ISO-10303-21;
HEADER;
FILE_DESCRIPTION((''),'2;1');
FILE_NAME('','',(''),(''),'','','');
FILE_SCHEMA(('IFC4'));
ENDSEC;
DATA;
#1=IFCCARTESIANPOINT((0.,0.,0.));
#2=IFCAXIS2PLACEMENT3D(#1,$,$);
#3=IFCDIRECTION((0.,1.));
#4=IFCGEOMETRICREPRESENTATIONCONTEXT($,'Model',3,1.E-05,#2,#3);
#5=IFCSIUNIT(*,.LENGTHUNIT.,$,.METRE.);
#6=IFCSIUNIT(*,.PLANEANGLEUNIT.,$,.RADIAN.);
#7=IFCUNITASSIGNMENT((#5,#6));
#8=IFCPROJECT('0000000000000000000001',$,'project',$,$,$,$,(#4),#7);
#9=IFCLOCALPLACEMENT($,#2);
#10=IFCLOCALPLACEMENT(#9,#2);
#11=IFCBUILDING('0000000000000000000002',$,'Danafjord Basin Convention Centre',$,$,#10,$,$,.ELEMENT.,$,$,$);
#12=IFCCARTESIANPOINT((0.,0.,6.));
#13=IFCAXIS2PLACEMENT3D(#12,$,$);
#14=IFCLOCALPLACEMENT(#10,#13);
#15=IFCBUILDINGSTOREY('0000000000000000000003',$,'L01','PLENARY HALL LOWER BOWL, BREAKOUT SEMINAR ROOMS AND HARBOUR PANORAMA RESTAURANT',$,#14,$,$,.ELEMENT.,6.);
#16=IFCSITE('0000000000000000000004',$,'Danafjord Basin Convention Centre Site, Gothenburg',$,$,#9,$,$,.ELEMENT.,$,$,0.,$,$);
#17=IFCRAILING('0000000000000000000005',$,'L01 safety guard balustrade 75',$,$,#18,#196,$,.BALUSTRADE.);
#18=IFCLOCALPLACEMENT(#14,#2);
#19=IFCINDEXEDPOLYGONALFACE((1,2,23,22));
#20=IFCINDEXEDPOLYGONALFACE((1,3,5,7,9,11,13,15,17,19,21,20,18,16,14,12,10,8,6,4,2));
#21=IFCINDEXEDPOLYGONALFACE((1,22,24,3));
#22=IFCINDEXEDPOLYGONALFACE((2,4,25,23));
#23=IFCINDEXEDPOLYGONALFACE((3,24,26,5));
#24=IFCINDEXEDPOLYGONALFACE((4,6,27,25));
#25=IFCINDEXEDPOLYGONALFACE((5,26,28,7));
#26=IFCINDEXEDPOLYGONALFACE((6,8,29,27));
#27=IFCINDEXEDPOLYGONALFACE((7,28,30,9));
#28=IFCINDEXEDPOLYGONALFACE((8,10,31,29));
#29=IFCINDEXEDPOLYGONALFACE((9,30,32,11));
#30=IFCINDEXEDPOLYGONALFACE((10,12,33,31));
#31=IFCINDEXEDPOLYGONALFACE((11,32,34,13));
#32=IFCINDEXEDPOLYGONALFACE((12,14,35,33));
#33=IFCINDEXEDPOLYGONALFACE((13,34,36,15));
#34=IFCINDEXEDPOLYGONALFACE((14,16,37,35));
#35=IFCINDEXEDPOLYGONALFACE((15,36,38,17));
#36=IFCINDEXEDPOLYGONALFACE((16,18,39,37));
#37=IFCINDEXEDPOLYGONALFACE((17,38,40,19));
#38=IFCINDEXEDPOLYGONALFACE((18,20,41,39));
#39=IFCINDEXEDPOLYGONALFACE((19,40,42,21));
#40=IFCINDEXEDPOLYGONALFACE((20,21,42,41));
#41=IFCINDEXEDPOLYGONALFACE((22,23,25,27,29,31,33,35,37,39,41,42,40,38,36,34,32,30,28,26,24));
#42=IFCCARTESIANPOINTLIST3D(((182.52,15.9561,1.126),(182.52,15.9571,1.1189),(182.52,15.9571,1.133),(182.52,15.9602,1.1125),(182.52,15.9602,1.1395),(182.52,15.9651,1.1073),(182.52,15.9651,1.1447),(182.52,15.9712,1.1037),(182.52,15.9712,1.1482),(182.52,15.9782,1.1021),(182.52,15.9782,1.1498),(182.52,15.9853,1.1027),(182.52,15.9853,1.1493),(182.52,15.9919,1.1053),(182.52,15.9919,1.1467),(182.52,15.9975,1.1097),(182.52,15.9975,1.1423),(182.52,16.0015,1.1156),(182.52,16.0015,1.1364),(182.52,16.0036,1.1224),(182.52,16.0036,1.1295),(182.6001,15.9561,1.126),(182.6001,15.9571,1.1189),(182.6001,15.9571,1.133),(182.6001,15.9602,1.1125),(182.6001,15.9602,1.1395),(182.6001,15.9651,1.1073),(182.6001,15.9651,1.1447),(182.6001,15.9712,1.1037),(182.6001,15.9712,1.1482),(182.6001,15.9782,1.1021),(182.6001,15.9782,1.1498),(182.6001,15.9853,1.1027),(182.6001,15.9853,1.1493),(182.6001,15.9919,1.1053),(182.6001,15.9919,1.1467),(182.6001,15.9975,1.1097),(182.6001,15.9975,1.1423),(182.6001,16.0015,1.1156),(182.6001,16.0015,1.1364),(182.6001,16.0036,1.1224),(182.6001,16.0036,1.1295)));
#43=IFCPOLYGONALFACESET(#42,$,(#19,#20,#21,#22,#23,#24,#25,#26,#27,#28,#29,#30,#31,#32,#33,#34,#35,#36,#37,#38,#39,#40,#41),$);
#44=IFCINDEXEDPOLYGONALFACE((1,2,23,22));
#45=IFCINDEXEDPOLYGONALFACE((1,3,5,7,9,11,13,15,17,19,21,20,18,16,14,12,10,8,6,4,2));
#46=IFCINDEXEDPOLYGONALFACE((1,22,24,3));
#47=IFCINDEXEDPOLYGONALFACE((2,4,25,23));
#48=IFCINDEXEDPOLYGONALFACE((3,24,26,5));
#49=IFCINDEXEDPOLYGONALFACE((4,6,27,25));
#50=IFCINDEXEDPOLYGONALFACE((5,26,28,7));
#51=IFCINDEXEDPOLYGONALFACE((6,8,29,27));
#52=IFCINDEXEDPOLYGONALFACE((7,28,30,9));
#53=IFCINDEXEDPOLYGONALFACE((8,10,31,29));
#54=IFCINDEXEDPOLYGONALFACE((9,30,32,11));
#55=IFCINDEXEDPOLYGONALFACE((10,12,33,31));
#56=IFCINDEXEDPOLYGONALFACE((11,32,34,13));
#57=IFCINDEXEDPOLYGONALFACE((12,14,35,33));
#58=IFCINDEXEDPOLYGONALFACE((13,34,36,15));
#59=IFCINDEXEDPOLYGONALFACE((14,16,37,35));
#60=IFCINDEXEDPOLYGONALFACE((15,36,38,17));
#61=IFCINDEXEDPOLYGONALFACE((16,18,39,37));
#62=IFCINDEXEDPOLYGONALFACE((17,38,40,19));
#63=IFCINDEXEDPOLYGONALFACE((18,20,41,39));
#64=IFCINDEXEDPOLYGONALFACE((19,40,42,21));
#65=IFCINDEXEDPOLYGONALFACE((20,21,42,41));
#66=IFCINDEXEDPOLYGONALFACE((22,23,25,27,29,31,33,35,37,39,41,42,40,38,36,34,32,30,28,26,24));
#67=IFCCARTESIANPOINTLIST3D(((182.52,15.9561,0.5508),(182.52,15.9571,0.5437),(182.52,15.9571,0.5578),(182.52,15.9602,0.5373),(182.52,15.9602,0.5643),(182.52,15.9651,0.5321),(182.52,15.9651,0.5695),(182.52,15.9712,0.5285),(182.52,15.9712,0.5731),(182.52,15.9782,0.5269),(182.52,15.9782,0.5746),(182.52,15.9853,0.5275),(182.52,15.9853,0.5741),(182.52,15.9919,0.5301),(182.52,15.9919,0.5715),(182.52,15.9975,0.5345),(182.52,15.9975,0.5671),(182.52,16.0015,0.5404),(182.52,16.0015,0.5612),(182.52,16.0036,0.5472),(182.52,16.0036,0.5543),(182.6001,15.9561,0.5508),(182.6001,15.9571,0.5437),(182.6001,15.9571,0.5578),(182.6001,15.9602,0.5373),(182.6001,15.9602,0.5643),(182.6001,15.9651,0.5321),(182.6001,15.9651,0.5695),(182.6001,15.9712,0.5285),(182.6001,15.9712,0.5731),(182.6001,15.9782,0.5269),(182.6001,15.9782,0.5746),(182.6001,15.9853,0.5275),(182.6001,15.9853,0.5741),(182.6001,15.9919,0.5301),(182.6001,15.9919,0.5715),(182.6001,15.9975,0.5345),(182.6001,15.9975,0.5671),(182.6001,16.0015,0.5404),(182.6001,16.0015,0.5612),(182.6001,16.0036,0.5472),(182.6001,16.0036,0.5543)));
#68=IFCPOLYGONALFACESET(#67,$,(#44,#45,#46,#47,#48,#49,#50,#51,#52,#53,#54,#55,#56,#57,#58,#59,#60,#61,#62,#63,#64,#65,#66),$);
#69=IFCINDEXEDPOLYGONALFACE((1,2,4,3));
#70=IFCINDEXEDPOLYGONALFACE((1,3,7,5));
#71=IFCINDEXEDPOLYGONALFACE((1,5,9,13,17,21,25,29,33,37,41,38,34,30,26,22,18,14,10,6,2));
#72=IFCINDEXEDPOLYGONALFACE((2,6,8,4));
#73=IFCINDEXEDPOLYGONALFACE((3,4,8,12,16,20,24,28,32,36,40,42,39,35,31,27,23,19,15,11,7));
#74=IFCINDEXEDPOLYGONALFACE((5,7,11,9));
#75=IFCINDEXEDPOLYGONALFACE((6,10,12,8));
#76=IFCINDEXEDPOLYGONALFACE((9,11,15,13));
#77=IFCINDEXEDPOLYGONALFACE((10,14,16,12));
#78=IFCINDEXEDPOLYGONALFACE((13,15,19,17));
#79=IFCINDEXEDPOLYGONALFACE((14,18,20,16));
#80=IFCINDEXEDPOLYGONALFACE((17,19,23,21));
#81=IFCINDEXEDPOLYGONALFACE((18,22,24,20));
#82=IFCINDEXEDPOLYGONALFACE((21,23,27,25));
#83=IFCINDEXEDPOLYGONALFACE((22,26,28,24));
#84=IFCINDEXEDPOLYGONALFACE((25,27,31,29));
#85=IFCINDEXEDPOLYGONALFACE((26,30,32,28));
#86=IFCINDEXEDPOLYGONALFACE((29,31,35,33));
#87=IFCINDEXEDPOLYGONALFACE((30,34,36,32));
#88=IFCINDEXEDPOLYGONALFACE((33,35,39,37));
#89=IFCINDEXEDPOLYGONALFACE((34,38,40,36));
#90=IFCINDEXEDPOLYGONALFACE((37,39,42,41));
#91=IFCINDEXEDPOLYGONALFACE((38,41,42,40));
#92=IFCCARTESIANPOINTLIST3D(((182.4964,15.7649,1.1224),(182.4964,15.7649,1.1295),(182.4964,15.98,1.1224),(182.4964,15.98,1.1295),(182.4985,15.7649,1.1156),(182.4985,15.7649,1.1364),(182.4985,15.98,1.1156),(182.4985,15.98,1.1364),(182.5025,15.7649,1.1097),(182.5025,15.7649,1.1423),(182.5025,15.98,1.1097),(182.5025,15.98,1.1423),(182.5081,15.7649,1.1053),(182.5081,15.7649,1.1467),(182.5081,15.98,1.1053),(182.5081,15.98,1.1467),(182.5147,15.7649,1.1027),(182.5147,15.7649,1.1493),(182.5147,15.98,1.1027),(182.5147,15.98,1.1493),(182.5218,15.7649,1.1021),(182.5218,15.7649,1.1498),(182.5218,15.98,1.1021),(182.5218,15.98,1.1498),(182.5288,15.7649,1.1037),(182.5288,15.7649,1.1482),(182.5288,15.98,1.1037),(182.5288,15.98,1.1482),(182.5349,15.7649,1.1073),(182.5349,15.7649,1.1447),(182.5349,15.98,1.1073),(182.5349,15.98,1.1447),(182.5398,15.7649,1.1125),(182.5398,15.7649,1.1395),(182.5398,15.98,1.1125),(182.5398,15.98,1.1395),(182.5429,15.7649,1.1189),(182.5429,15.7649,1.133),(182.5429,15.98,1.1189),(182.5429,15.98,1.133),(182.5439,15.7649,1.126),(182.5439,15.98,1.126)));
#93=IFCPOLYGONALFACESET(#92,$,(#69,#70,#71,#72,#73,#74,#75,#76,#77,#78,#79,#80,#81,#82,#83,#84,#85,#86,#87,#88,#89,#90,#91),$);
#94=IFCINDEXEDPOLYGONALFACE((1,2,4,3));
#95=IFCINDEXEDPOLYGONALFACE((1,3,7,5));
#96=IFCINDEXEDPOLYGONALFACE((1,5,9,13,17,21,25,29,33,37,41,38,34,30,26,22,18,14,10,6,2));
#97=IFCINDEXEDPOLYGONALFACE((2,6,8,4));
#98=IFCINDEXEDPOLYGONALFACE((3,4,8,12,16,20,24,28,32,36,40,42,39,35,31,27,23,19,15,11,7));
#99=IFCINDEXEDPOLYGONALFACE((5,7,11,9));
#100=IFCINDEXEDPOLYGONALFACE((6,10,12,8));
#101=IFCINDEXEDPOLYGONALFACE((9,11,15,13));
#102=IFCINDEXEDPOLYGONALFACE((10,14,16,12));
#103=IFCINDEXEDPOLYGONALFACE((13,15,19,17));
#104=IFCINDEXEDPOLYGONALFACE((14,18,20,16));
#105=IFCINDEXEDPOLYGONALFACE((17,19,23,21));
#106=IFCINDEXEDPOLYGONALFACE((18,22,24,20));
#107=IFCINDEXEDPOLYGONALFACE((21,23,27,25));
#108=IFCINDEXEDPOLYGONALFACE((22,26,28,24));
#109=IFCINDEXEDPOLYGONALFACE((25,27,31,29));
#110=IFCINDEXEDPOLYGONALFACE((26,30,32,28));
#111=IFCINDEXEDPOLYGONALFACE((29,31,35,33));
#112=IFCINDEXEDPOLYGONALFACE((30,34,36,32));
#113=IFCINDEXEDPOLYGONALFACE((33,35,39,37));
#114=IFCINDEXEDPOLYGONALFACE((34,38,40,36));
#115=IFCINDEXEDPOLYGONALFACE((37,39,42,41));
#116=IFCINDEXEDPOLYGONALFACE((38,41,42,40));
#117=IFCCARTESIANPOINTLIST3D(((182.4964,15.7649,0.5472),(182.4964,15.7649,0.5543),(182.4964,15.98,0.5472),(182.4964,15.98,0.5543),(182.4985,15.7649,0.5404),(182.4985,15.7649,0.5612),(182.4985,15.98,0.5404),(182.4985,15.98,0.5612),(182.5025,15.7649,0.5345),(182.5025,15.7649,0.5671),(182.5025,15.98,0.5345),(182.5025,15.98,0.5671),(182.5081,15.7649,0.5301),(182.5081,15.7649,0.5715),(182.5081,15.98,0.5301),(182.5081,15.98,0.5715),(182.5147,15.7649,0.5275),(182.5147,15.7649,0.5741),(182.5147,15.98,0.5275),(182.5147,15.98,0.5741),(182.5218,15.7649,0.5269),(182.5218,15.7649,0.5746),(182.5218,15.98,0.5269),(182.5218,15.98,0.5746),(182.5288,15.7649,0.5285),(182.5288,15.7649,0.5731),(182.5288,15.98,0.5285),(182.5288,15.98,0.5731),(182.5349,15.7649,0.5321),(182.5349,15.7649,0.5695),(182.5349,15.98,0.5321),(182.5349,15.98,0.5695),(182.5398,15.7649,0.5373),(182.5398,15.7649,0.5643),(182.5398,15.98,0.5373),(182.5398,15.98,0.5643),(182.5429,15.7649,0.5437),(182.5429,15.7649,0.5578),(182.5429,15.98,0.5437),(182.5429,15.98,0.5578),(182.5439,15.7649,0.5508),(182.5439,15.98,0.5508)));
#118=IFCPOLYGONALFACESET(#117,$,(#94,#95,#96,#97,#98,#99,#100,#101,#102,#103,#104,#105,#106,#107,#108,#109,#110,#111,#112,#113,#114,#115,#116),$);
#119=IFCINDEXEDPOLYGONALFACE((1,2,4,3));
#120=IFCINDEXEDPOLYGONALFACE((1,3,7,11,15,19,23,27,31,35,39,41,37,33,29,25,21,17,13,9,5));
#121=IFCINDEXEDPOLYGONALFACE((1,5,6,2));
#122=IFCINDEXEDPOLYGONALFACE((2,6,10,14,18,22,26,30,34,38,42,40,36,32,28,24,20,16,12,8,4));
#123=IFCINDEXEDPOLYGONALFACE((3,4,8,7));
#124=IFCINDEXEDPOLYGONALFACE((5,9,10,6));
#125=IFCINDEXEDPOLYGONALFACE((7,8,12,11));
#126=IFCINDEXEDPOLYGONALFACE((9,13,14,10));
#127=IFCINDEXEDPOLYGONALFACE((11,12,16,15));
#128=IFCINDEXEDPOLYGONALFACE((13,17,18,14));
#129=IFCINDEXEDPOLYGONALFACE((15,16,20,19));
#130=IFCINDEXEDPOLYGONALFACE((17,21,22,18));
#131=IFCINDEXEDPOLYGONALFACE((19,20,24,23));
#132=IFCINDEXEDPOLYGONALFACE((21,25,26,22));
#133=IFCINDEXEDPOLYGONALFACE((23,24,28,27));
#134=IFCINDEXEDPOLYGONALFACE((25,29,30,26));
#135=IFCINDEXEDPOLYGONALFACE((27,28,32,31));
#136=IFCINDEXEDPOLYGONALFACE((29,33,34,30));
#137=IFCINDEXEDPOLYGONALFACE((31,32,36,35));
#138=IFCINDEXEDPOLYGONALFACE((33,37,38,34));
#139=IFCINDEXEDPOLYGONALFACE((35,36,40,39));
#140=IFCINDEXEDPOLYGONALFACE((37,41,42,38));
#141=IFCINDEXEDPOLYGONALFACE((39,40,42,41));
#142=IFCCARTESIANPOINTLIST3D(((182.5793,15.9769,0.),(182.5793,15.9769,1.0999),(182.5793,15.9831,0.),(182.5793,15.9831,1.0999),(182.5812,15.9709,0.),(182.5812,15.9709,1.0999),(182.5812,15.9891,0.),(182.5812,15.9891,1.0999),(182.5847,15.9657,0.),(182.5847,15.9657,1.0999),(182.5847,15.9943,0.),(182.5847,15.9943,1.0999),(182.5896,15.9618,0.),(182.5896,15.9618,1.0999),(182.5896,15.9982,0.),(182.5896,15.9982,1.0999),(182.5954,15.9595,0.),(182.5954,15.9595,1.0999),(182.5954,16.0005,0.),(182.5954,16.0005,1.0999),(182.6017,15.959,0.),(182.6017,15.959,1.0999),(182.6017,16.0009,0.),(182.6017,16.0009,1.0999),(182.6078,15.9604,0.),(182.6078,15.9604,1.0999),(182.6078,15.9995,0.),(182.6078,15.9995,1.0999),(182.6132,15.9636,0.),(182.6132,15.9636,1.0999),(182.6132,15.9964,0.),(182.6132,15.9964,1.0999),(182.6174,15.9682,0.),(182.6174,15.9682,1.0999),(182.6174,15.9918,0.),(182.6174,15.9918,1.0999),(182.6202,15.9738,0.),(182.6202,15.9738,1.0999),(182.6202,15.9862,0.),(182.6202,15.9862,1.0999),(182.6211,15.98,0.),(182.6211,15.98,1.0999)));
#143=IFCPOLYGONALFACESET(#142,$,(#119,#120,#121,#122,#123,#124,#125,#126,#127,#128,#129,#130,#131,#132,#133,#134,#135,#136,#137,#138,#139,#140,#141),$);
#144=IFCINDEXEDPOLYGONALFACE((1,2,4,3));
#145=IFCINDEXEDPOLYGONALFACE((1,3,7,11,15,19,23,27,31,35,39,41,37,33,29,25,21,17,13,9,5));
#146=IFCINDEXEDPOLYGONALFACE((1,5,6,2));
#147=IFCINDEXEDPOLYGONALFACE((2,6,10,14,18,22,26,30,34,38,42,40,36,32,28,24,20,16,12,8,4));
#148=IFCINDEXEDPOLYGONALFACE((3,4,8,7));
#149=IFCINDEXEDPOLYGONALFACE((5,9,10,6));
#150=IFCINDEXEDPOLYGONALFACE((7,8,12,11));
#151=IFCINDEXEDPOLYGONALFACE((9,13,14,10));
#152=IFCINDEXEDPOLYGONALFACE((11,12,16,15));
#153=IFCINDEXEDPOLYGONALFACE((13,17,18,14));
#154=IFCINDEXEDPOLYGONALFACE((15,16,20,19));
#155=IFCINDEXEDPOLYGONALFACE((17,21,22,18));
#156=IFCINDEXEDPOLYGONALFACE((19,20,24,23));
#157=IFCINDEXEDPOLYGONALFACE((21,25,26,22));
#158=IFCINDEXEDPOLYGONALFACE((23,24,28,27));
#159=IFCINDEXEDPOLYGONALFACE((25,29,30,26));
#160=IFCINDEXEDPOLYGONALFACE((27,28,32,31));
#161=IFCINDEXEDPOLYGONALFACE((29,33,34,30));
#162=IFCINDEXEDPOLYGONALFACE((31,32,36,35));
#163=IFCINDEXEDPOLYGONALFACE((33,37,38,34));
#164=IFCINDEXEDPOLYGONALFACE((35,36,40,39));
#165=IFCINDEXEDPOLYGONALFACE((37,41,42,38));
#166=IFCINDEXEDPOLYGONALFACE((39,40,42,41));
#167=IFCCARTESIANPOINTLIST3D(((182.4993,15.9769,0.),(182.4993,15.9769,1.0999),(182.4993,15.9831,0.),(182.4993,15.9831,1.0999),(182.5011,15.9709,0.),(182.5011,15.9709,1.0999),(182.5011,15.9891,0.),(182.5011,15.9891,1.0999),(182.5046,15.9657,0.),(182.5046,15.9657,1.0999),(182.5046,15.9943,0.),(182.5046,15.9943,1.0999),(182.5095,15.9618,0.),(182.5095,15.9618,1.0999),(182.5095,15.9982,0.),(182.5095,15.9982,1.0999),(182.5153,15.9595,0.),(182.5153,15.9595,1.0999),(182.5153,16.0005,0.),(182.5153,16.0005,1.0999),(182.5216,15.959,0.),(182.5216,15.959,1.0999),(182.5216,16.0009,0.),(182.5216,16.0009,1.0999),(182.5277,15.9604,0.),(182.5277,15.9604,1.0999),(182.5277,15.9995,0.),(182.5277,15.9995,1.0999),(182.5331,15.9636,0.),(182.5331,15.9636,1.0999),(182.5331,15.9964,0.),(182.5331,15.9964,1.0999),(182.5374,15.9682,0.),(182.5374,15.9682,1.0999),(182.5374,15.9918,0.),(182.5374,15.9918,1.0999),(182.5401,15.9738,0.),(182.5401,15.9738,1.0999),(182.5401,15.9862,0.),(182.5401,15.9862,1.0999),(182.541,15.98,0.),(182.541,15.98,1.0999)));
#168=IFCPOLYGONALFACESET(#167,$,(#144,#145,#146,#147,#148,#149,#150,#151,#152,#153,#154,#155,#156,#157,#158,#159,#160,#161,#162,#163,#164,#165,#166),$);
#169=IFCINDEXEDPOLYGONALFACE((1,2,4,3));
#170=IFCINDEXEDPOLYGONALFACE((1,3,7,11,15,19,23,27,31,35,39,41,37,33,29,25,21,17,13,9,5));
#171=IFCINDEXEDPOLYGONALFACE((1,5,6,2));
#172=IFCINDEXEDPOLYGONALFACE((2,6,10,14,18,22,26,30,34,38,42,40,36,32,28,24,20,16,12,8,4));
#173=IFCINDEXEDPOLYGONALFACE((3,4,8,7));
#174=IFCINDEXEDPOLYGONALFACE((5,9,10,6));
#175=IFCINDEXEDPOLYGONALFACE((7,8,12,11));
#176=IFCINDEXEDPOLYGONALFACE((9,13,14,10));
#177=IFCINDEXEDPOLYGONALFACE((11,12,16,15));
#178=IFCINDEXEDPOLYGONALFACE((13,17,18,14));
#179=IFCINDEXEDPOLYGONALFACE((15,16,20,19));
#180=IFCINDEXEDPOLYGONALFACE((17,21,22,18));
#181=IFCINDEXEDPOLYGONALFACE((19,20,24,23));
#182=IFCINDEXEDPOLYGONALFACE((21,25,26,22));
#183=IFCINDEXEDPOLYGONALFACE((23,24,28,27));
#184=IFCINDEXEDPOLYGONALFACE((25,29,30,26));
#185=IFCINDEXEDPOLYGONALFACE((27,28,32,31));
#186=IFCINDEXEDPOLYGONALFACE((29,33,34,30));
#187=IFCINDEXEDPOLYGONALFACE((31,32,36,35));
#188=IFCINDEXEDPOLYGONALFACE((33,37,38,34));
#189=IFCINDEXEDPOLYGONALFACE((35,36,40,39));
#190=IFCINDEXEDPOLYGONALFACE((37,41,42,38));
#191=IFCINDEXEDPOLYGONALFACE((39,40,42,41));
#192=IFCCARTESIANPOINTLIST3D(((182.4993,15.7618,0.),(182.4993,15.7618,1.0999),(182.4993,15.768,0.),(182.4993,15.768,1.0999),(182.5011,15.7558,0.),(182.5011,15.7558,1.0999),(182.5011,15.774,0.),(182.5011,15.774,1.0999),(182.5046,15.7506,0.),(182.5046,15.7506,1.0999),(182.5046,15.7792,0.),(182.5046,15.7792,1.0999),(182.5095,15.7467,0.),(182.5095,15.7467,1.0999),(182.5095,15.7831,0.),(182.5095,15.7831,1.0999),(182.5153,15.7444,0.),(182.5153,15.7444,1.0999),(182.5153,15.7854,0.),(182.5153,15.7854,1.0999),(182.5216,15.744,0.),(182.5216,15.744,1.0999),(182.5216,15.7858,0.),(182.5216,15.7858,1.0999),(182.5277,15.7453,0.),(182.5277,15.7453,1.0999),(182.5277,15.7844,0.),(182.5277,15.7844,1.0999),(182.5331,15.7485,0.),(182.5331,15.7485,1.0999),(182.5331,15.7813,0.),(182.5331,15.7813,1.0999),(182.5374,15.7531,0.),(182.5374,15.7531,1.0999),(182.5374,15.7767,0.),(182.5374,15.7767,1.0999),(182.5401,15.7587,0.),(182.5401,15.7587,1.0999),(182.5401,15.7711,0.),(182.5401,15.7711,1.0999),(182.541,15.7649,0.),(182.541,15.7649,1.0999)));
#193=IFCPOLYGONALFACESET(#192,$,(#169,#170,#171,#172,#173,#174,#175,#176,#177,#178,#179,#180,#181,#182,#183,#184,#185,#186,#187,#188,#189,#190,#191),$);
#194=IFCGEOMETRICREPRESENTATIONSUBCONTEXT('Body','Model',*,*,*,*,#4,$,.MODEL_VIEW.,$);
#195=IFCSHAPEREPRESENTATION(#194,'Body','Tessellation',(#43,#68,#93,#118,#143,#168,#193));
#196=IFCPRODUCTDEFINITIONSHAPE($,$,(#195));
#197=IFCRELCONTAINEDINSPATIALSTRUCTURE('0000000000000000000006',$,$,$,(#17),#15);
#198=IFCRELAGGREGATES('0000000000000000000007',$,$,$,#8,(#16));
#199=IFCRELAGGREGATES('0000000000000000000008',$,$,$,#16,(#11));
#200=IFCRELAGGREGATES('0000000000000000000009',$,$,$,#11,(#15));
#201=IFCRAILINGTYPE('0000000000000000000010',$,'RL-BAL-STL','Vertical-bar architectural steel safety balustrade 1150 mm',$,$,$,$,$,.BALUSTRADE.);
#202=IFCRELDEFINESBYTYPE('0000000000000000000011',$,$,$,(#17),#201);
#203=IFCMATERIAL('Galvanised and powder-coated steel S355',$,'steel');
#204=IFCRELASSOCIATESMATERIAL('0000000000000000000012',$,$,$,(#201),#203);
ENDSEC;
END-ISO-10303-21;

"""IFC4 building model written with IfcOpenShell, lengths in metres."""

from ifc_helpers import new_model, si_unit, direction, frame, origin, origin_2d, place, context, subcontext, project, spatial, circle, extrude, material, type_object, element, save


model = new_model("IFC4")

# Units and contexts
model_context = context("Model", 3, precision=1e-05, world=origin(), true_north=direction((0.0, 1.0)))
body_context = subcontext(model_context, "Body", "Model", "MODEL_VIEW")
ifc_project = project(units=[si_unit("LENGTHUNIT", "METRE"), si_unit("PLANEANGLEUNIT", "RADIAN")], contexts=[model_context])

# Site, building, storey
site_placement = place(None, origin())
site = spatial("IfcSite", under=ifc_project, at=site_placement, Name="Danafjord Basin Convention Centre Site, Gothenburg", CompositionType="ELEMENT", RefElevation=0.0)
building_placement = place(site_placement, origin())
building = spatial("IfcBuilding", under=site, at=building_placement, Name="Danafjord Basin Convention Centre", CompositionType="ELEMENT")
storey_placement = place(building_placement, frame((0.0, 0.0, 6.0)))
storey = spatial("IfcBuildingStorey", under=building, at=storey_placement, Name="L01", Description="PLENARY HALL LOWER BOWL, BREAKOUT SEMINAR ROOMS AND HARBOUR PANORAMA RESTAURANT", CompositionType="ELEMENT", Elevation=6.0)

# Railing
ifc_material_1 = material(Name="Galvanised and powder-coated steel S355", Category="steel")
railing_type_1 = type_object("IfcRailingType", Name="RL-BAL-STL", Description="Vertical-bar architectural steel safety balustrade 1150 mm", PredefinedType="BALUSTRADE", material=ifc_material_1)
railing_1_placement = place(storey_placement, frame((182.6001, 15.98, 0.0)))
element("IfcRailing", 1, at=railing_1_placement, inside=storey, type_object=railing_type_1, Name="L01 safety guard balustrade 75", PredefinedType="BALUSTRADE", context=body_context, shape_type="SweptSolid", body=[
    extrude(circle(Radius=0.0239, at=origin_2d()), frame((0.0, 0.0, 1.126), z_axis=(-1.0, 0.0, 0.0), x_axis=(0.0, -1.0, 0.0)), (0.0, 0.0, 1.0), 0.0801),
    extrude(circle(Radius=0.0239, at=origin_2d()), frame((0.0, 0.0, 0.5508), z_axis=(-1.0, 0.0, 0.0), x_axis=(0.0, -1.0, 0.0)), (0.0, 0.0, 1.0), 0.0801),
    extrude(circle(Radius=0.0239, at=origin_2d()), frame((-0.0801, 0.0, 1.126), z_axis=(0.0, -1.0, 0.0), x_axis=(1.0, 0.0, 0.0)), (0.0, 0.0, 1.0), 0.2151),
    extrude(circle(Radius=0.0239, at=origin_2d()), frame((-0.0801, 0.0, 0.5508), z_axis=(0.0, -1.0, 0.0), x_axis=(1.0, 0.0, 0.0)), (0.0, 0.0, 1.0), 0.2151),
    extrude(circle(Radius=0.021, at=origin_2d()), origin(), (0.0, 0.0, 1.0), 1.0999),
    extrude(circle(Radius=0.021, at=origin_2d()), frame((-0.0801, 0.0, 0.0)), (0.0, 0.0, 1.0), 1.0999),
    extrude(circle(Radius=0.021, at=origin_2d()), frame((-0.0801, -0.2151, 0.0)), (0.0, 0.0, 1.0), 1.0999),
])

save(model, "model.ifc")
